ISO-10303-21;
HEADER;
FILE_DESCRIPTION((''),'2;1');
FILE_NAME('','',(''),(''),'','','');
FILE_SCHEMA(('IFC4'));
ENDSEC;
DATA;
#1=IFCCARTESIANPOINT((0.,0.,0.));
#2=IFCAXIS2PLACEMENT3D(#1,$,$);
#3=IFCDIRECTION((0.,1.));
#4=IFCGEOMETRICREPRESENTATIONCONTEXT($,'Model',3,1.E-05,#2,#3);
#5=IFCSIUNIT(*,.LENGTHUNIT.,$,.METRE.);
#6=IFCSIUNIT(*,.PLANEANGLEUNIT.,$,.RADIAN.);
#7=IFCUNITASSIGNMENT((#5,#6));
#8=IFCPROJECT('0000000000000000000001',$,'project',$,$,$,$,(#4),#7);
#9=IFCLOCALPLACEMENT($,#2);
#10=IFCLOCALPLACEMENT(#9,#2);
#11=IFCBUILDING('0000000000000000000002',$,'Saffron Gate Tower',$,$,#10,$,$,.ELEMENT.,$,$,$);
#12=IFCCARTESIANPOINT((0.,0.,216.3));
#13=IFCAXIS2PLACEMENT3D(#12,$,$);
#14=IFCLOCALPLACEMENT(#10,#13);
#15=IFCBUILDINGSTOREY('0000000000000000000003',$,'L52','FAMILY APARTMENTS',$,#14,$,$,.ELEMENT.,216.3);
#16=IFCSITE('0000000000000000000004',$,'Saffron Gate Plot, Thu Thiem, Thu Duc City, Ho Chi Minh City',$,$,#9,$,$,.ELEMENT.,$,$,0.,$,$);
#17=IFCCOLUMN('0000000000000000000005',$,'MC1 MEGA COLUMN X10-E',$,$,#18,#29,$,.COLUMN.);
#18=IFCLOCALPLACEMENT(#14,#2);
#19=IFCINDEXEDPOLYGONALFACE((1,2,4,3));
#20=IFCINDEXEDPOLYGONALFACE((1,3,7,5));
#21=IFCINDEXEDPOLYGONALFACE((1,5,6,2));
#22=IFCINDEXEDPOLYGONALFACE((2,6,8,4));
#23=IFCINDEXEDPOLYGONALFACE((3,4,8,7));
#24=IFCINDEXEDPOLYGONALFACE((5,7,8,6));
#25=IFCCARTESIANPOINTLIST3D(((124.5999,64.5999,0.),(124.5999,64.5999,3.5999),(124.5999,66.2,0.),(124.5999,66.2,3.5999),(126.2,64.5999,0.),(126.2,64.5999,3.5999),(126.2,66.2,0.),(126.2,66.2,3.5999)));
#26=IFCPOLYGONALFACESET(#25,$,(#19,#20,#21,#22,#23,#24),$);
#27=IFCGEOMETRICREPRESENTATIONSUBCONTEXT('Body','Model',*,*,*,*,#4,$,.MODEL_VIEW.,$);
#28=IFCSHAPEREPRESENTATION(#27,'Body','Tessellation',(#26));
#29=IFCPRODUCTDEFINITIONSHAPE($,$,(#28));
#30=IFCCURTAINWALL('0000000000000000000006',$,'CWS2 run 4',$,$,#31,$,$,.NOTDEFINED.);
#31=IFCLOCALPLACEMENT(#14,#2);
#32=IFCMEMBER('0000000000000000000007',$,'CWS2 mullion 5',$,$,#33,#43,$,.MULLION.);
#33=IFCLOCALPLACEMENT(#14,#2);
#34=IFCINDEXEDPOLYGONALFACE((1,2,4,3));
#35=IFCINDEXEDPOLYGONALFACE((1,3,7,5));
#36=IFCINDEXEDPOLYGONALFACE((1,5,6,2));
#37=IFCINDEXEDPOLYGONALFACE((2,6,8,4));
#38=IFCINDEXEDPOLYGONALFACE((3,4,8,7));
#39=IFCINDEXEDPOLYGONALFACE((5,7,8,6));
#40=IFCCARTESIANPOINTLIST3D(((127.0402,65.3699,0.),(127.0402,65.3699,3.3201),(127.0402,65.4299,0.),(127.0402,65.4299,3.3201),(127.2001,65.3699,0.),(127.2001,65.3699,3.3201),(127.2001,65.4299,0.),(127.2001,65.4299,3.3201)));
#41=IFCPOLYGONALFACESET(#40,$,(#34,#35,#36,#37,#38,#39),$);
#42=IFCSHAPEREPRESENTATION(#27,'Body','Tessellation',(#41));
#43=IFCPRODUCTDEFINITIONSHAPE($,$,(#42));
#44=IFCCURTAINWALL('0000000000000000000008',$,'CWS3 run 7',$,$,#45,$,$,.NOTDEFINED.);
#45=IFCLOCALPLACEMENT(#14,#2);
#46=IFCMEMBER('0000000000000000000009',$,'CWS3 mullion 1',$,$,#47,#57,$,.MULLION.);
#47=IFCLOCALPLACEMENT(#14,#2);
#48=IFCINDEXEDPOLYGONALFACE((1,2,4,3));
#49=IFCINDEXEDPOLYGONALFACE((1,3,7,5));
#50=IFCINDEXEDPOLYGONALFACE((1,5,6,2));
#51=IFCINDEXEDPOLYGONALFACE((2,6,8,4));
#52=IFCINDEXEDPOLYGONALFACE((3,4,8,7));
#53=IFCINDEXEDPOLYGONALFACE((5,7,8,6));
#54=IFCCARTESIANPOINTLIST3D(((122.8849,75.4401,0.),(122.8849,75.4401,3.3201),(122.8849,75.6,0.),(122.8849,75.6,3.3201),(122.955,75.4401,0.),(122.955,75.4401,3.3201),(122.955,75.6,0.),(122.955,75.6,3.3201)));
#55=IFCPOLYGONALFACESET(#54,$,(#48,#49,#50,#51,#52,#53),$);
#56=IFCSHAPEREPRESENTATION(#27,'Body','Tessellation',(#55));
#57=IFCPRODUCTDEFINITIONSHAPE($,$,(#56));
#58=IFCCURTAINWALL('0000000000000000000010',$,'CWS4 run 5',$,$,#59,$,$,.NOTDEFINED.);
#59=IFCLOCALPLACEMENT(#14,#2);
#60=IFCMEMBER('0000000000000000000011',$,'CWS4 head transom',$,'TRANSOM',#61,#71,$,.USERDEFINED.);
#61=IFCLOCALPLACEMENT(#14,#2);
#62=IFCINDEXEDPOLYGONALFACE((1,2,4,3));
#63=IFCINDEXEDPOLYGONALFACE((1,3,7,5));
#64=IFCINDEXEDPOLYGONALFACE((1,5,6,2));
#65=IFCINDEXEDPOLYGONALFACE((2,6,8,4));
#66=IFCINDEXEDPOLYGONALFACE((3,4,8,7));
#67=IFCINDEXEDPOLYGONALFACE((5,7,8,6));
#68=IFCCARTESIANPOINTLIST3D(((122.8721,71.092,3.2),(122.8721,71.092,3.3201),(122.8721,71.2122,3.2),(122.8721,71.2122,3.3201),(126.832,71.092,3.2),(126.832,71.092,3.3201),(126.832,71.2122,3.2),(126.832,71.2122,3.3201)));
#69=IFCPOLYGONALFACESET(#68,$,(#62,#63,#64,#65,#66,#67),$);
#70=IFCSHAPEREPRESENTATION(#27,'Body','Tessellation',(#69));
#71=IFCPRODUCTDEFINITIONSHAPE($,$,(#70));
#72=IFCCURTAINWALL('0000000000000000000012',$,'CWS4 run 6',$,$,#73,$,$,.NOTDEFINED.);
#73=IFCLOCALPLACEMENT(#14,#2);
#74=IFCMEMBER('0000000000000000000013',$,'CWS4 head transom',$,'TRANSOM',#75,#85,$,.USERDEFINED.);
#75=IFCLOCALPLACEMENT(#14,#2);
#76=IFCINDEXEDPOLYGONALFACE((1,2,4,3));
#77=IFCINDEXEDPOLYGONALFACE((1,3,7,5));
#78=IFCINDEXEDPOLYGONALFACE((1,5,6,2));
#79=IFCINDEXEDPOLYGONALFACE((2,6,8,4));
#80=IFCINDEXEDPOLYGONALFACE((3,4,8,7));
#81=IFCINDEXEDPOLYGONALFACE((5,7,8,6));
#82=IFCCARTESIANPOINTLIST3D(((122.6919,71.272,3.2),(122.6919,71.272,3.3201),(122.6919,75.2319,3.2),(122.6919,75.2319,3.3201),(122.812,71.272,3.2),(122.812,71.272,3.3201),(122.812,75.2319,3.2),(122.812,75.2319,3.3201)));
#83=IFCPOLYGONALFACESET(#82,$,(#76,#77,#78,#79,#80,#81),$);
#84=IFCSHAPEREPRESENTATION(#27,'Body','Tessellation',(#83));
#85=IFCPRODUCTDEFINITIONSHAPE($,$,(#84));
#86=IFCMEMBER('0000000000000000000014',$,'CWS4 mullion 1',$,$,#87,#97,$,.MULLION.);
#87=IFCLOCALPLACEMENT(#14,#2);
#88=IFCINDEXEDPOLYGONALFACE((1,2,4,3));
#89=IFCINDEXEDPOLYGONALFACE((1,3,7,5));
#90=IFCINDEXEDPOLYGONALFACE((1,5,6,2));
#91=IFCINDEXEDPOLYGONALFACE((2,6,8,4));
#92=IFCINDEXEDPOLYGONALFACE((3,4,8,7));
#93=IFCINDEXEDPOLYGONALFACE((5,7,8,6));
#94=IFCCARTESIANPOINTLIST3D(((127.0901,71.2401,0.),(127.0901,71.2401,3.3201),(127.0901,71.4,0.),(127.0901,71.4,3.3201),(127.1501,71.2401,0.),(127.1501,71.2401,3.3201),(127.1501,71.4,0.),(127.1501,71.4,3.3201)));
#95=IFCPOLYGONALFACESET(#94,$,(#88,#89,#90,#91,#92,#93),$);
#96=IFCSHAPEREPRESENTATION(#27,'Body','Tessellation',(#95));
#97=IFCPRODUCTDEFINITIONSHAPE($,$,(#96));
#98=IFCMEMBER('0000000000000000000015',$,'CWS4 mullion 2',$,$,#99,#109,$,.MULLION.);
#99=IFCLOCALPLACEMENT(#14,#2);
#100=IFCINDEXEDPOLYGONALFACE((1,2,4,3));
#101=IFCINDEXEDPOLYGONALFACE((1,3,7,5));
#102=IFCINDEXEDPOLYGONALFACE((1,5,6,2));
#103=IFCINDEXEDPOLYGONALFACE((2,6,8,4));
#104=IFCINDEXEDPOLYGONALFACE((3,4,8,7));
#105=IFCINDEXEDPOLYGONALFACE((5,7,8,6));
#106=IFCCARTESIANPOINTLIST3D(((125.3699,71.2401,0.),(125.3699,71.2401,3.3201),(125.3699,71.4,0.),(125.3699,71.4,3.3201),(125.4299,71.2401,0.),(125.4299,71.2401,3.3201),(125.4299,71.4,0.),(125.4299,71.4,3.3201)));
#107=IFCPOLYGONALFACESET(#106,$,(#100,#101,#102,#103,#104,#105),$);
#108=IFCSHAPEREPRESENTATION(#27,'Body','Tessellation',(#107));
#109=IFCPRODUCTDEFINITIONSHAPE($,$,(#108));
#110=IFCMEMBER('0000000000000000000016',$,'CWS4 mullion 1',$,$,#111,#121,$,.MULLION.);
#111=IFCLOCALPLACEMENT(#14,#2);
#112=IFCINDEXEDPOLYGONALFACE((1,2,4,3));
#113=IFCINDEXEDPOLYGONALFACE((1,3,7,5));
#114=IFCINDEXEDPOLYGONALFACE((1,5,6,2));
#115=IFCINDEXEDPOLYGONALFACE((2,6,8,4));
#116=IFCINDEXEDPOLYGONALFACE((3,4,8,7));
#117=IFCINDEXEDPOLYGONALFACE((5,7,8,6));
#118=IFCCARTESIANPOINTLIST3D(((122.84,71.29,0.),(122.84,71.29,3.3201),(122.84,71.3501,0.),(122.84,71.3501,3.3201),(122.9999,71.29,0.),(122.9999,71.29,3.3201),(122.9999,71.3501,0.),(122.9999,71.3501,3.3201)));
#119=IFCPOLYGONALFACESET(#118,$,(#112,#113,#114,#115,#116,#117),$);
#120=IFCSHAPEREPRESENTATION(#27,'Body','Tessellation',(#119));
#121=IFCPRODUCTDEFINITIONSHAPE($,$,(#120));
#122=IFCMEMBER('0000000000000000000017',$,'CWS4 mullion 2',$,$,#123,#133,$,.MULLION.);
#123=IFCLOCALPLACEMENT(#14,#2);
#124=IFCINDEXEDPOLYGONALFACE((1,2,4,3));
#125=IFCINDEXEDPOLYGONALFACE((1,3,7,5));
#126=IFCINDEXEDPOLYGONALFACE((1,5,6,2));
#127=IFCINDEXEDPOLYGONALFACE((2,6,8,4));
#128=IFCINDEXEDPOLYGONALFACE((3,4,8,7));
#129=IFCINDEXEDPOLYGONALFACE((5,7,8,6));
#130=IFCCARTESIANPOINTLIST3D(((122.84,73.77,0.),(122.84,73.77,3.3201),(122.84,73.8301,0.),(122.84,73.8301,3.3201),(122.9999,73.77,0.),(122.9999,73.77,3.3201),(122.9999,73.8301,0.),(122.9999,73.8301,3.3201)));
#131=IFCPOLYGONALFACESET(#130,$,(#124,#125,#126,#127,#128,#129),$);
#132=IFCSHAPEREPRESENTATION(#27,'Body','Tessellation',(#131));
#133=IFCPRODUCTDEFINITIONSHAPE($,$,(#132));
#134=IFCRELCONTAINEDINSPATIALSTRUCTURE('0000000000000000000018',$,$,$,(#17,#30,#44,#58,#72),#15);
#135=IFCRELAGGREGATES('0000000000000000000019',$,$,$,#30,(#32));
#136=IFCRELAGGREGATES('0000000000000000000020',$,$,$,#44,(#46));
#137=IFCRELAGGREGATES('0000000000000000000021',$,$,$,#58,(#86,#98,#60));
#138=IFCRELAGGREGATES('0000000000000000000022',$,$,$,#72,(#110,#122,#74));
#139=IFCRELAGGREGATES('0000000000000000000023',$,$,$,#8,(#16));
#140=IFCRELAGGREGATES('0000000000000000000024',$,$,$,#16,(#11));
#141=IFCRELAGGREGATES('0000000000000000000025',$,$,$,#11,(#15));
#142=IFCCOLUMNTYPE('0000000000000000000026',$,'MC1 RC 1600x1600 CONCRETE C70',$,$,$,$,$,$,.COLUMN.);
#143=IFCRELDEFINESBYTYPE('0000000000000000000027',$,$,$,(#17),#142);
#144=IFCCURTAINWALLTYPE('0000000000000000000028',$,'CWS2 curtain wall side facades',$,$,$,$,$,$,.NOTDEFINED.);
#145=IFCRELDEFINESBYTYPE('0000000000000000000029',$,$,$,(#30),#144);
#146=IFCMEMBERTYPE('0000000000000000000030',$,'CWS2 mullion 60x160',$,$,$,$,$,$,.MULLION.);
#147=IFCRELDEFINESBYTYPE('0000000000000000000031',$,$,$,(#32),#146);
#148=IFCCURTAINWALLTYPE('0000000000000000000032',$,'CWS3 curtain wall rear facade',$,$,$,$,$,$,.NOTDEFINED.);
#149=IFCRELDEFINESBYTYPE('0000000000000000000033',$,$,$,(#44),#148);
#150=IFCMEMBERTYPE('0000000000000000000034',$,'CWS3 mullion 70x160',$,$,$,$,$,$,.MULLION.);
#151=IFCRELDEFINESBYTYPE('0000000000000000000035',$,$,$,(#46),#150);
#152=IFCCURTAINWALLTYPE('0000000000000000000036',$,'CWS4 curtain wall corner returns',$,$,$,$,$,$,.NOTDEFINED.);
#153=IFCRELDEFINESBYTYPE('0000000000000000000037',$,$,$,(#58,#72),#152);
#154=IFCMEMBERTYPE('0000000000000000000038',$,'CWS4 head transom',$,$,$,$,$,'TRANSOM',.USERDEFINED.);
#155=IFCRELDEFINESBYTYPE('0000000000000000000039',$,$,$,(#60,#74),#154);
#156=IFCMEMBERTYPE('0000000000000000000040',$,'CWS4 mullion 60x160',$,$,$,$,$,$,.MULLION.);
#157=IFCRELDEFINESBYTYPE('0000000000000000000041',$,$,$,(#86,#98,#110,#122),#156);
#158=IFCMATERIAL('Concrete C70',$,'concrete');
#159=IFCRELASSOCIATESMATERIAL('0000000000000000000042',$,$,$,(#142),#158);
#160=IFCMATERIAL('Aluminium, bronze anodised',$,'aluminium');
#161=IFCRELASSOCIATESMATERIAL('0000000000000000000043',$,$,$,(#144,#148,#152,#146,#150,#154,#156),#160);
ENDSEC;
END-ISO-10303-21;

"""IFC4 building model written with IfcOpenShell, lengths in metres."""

from ifc_helpers import new_model, si_unit, direction, frame, origin, origin_2d, place, context, subcontext, project, spatial, rectangle, extrude, material, material_profile, profile_set, type_object, element, aggregate, save


model = new_model("IFC4")

# Units and contexts
model_context = context("Model", 3, precision=1e-05, world=origin(), true_north=direction((0.0, 1.0)))
body_context = subcontext(model_context, "Body", "Model", "MODEL_VIEW")
ifc_project = project(units=[si_unit("LENGTHUNIT", "METRE"), si_unit("PLANEANGLEUNIT", "RADIAN")], contexts=[model_context])

# Site, building, storey
site_placement = place(None, origin())
site = spatial("IfcSite", under=ifc_project, at=site_placement, Name="Saffron Gate Plot, Thu Thiem, Thu Duc City, Ho Chi Minh City", CompositionType="ELEMENT", RefElevation=0.0)
building_placement = place(site_placement, origin())
building = spatial("IfcBuilding", under=site, at=building_placement, Name="Saffron Gate Tower", CompositionType="ELEMENT")
storey_placement = place(building_placement, frame((0.0, 0.0, 216.3)))
storey = spatial("IfcBuildingStorey", under=building, at=storey_placement, Name="L52", Description="FAMILY APARTMENTS", CompositionType="ELEMENT", Elevation=216.3)

# Column
ifc_material_1 = material(Name="Concrete C70", Category="concrete")
ifc_material_profile_1 = material_profile(ifc_material_1, rectangle(XDim=1.6001, YDim=1.6001, at=origin_2d()))
ifc_profile_set_1 = profile_set([ifc_material_profile_1], Name="Concrete C70")
column_type = type_object("IfcColumnType", Name="MC1 RC 1600x1600 CONCRETE C70", PredefinedType="COLUMN", material=ifc_profile_set_1)
column_placement = place(storey_placement, frame((125.3999, 65.3999, 0.0), z_axis=(0.0, 0.0, 1.0), x_axis=(1.0, 0.0, 0.0)))
element("IfcColumn", 1, at=column_placement, inside=storey, type_object=column_type, Name="MC1 MEGA COLUMN X10-E", PredefinedType="COLUMN", context=body_context, shape_type="SweptSolid", body=[
    extrude(rectangle(XDim=1.6001, YDim=1.6001, at=origin_2d()), origin(), (0.0, 0.0, 1.0), 3.5999),
])

# Curtain walls, members
ifc_material_2 = material(Name="Aluminium, bronze anodised", Category="aluminium")
curtain_wall_type_1 = type_object("IfcCurtainWallType", Name="CWS2 curtain wall side facades", PredefinedType="NOTDEFINED", material=ifc_material_2)
curtain_wall_1_placement = place(storey_placement, origin())
curtain_wall_1 = element("IfcCurtainWall", 2, at=curtain_wall_1_placement, inside=storey, type_object=curtain_wall_type_1, Name="CWS2 run 4", PredefinedType="NOTDEFINED")
ifc_material_profile_2 = material_profile(ifc_material_2, rectangle(XDim=0.1599, YDim=0.0601, at=origin_2d()))
ifc_profile_set_2 = profile_set([ifc_material_profile_2], Name="Aluminium, bronze anodised")
member_type_1 = type_object("IfcMemberType", Name="CWS2 mullion 60x160", PredefinedType="MULLION", material=ifc_profile_set_2)
member_1_placement = place(storey_placement, frame((127.1201, 65.3999, 0.0), z_axis=(0.0, 0.0, 1.0), x_axis=(-1.0, 0.0, 0.0)))
member_1 = element("IfcMember", 3, at=member_1_placement, type_object=member_type_1, Name="CWS2 mullion 5", PredefinedType="MULLION", context=body_context, shape_type="SweptSolid", body=[
    extrude(rectangle(XDim=0.1599, YDim=0.0601, at=origin_2d()), origin(), (0.0, 0.0, 1.0), 3.3201),
])
aggregate(curtain_wall_1, [member_1])
curtain_wall_type_2 = type_object("IfcCurtainWallType", Name="CWS3 curtain wall rear facade", PredefinedType="NOTDEFINED", material=ifc_material_2)
curtain_wall_2_placement = place(storey_placement, origin())
curtain_wall_2 = element("IfcCurtainWall", 4, at=curtain_wall_2_placement, inside=storey, type_object=curtain_wall_type_2, Name="CWS3 run 7", PredefinedType="NOTDEFINED")
ifc_material_profile_3 = material_profile(ifc_material_2, rectangle(XDim=0.1599, YDim=0.0701, at=origin_2d()))
ifc_profile_set_3 = profile_set([ifc_material_profile_3], Name="Aluminium, bronze anodised")
member_type_2 = type_object("IfcMemberType", Name="CWS3 mullion 70x160", PredefinedType="MULLION", material=ifc_profile_set_3)
member_2_placement = place(storey_placement, frame((122.9199, 75.52, 0.0), z_axis=(0.0, 0.0, 1.0), x_axis=(0.0, -1.0, 0.0)))
member_2 = element("IfcMember", 5, at=member_2_placement, type_object=member_type_2, Name="CWS3 mullion 1", PredefinedType="MULLION", context=body_context, shape_type="SweptSolid", body=[
    extrude(rectangle(XDim=0.1599, YDim=0.0701, at=origin_2d()), origin(), (0.0, 0.0, 1.0), 3.3201),
])
curtain_wall_type_3 = type_object("IfcCurtainWallType", Name="CWS4 curtain wall corner returns", PredefinedType="NOTDEFINED", material=ifc_material_2)
curtain_wall_3_placement = place(storey_placement, origin())
curtain_wall_3 = element("IfcCurtainWall", 6, at=curtain_wall_3_placement, inside=storey, type_object=curtain_wall_type_3, Name="CWS4 run 5", PredefinedType="NOTDEFINED")
ifc_material_profile_4 = material_profile(ifc_material_2, rectangle(XDim=0.1201, YDim=0.1201, at=origin_2d()))
ifc_profile_set_4 = profile_set([ifc_material_profile_4], Name="Aluminium, bronze anodised")
member_type_3 = type_object("IfcMemberType", Name="CWS4 head transom", ElementType="TRANSOM", PredefinedType="USERDEFINED", material=ifc_profile_set_4)
member_3_placement = place(storey_placement, frame((126.832, 71.1521, 3.26), z_axis=(-1.0, 0.0, 0.0), x_axis=(0.0, -1.0, 0.0)))
member_3 = element("IfcMember", 7, at=member_3_placement, type_object=member_type_3, Name="CWS4 head transom", ObjectType="TRANSOM", PredefinedType="USERDEFINED", context=body_context, shape_type="SweptSolid", body=[
    extrude(rectangle(XDim=0.1201, YDim=0.1201, at=origin_2d()), origin(), (0.0, 0.0, 1.0), 3.96),
])
curtain_wall_4_placement = place(storey_placement, origin())
curtain_wall_4 = element("IfcCurtainWall", 8, at=curtain_wall_4_placement, inside=storey, type_object=curtain_wall_type_3, Name="CWS4 run 6", PredefinedType="NOTDEFINED")
member_4_placement = place(storey_placement, frame((122.752, 71.272, 3.26), z_axis=(0.0, 1.0, 0.0), x_axis=(-1.0, 0.0, 0.0)))
member_4 = element("IfcMember", 9, at=member_4_placement, type_object=member_type_3, Name="CWS4 head transom", ObjectType="TRANSOM", PredefinedType="USERDEFINED", context=body_context, shape_type="SweptSolid", body=[
    extrude(rectangle(XDim=0.1201, YDim=0.1201, at=origin_2d()), origin(), (0.0, 0.0, 1.0), 3.96),
])

# Members
ifc_material_profile_5 = material_profile(ifc_material_2, rectangle(XDim=0.1599, YDim=0.0601, at=origin_2d()))
ifc_profile_set_5 = profile_set([ifc_material_profile_5], Name="Aluminium, bronze anodised")
member_type_4 = type_object("IfcMemberType", Name="CWS4 mullion 60x160", PredefinedType="MULLION", material=ifc_profile_set_5)
member_5_placement = place(storey_placement, frame((127.1201, 71.3201, 0.0), z_axis=(0.0, 0.0, 1.0), x_axis=(0.0, -1.0, 0.0)))
member_5 = element("IfcMember", 10, at=member_5_placement, type_object=member_type_4, Name="CWS4 mullion 1", PredefinedType="MULLION", context=body_context, shape_type="SweptSolid", body=[
    extrude(rectangle(XDim=0.1599, YDim=0.0601, at=origin_2d()), origin(), (0.0, 0.0, 1.0), 3.3201),
])
member_6_placement = place(storey_placement, frame((125.3999, 71.3201, 0.0), z_axis=(0.0, 0.0, 1.0), x_axis=(0.0, -1.0, 0.0)))
member_6 = element("IfcMember", 11, at=member_6_placement, type_object=member_type_4, Name="CWS4 mullion 2", PredefinedType="MULLION", context=body_context, shape_type="SweptSolid", body=[
    extrude(rectangle(XDim=0.1599, YDim=0.0601, at=origin_2d()), origin(), (0.0, 0.0, 1.0), 3.3201),
])
member_7_placement = place(storey_placement, frame((122.9199, 71.3201, 0.0), z_axis=(0.0, 0.0, 1.0), x_axis=(-1.0, 0.0, 0.0)))
member_7 = element("IfcMember", 12, at=member_7_placement, type_object=member_type_4, Name="CWS4 mullion 1", PredefinedType="MULLION", context=body_context, shape_type="SweptSolid", body=[
    extrude(rectangle(XDim=0.1599, YDim=0.0601, at=origin_2d()), origin(), (0.0, 0.0, 1.0), 3.3201),
])
member_8_placement = place(storey_placement, frame((122.9199, 73.8, 0.0), z_axis=(0.0, 0.0, 1.0), x_axis=(-1.0, 0.0, 0.0)))
member_8 = element("IfcMember", 13, at=member_8_placement, type_object=member_type_4, Name="CWS4 mullion 2", PredefinedType="MULLION", context=body_context, shape_type="SweptSolid", body=[
    extrude(rectangle(XDim=0.1599, YDim=0.0601, at=origin_2d()), origin(), (0.0, 0.0, 1.0), 3.3201),
])

aggregate(curtain_wall_2, [member_2])

aggregate(curtain_wall_3, [member_5, member_6, member_3])
aggregate(curtain_wall_4, [member_7, member_8, member_4])

save(model, "model.ifc")
